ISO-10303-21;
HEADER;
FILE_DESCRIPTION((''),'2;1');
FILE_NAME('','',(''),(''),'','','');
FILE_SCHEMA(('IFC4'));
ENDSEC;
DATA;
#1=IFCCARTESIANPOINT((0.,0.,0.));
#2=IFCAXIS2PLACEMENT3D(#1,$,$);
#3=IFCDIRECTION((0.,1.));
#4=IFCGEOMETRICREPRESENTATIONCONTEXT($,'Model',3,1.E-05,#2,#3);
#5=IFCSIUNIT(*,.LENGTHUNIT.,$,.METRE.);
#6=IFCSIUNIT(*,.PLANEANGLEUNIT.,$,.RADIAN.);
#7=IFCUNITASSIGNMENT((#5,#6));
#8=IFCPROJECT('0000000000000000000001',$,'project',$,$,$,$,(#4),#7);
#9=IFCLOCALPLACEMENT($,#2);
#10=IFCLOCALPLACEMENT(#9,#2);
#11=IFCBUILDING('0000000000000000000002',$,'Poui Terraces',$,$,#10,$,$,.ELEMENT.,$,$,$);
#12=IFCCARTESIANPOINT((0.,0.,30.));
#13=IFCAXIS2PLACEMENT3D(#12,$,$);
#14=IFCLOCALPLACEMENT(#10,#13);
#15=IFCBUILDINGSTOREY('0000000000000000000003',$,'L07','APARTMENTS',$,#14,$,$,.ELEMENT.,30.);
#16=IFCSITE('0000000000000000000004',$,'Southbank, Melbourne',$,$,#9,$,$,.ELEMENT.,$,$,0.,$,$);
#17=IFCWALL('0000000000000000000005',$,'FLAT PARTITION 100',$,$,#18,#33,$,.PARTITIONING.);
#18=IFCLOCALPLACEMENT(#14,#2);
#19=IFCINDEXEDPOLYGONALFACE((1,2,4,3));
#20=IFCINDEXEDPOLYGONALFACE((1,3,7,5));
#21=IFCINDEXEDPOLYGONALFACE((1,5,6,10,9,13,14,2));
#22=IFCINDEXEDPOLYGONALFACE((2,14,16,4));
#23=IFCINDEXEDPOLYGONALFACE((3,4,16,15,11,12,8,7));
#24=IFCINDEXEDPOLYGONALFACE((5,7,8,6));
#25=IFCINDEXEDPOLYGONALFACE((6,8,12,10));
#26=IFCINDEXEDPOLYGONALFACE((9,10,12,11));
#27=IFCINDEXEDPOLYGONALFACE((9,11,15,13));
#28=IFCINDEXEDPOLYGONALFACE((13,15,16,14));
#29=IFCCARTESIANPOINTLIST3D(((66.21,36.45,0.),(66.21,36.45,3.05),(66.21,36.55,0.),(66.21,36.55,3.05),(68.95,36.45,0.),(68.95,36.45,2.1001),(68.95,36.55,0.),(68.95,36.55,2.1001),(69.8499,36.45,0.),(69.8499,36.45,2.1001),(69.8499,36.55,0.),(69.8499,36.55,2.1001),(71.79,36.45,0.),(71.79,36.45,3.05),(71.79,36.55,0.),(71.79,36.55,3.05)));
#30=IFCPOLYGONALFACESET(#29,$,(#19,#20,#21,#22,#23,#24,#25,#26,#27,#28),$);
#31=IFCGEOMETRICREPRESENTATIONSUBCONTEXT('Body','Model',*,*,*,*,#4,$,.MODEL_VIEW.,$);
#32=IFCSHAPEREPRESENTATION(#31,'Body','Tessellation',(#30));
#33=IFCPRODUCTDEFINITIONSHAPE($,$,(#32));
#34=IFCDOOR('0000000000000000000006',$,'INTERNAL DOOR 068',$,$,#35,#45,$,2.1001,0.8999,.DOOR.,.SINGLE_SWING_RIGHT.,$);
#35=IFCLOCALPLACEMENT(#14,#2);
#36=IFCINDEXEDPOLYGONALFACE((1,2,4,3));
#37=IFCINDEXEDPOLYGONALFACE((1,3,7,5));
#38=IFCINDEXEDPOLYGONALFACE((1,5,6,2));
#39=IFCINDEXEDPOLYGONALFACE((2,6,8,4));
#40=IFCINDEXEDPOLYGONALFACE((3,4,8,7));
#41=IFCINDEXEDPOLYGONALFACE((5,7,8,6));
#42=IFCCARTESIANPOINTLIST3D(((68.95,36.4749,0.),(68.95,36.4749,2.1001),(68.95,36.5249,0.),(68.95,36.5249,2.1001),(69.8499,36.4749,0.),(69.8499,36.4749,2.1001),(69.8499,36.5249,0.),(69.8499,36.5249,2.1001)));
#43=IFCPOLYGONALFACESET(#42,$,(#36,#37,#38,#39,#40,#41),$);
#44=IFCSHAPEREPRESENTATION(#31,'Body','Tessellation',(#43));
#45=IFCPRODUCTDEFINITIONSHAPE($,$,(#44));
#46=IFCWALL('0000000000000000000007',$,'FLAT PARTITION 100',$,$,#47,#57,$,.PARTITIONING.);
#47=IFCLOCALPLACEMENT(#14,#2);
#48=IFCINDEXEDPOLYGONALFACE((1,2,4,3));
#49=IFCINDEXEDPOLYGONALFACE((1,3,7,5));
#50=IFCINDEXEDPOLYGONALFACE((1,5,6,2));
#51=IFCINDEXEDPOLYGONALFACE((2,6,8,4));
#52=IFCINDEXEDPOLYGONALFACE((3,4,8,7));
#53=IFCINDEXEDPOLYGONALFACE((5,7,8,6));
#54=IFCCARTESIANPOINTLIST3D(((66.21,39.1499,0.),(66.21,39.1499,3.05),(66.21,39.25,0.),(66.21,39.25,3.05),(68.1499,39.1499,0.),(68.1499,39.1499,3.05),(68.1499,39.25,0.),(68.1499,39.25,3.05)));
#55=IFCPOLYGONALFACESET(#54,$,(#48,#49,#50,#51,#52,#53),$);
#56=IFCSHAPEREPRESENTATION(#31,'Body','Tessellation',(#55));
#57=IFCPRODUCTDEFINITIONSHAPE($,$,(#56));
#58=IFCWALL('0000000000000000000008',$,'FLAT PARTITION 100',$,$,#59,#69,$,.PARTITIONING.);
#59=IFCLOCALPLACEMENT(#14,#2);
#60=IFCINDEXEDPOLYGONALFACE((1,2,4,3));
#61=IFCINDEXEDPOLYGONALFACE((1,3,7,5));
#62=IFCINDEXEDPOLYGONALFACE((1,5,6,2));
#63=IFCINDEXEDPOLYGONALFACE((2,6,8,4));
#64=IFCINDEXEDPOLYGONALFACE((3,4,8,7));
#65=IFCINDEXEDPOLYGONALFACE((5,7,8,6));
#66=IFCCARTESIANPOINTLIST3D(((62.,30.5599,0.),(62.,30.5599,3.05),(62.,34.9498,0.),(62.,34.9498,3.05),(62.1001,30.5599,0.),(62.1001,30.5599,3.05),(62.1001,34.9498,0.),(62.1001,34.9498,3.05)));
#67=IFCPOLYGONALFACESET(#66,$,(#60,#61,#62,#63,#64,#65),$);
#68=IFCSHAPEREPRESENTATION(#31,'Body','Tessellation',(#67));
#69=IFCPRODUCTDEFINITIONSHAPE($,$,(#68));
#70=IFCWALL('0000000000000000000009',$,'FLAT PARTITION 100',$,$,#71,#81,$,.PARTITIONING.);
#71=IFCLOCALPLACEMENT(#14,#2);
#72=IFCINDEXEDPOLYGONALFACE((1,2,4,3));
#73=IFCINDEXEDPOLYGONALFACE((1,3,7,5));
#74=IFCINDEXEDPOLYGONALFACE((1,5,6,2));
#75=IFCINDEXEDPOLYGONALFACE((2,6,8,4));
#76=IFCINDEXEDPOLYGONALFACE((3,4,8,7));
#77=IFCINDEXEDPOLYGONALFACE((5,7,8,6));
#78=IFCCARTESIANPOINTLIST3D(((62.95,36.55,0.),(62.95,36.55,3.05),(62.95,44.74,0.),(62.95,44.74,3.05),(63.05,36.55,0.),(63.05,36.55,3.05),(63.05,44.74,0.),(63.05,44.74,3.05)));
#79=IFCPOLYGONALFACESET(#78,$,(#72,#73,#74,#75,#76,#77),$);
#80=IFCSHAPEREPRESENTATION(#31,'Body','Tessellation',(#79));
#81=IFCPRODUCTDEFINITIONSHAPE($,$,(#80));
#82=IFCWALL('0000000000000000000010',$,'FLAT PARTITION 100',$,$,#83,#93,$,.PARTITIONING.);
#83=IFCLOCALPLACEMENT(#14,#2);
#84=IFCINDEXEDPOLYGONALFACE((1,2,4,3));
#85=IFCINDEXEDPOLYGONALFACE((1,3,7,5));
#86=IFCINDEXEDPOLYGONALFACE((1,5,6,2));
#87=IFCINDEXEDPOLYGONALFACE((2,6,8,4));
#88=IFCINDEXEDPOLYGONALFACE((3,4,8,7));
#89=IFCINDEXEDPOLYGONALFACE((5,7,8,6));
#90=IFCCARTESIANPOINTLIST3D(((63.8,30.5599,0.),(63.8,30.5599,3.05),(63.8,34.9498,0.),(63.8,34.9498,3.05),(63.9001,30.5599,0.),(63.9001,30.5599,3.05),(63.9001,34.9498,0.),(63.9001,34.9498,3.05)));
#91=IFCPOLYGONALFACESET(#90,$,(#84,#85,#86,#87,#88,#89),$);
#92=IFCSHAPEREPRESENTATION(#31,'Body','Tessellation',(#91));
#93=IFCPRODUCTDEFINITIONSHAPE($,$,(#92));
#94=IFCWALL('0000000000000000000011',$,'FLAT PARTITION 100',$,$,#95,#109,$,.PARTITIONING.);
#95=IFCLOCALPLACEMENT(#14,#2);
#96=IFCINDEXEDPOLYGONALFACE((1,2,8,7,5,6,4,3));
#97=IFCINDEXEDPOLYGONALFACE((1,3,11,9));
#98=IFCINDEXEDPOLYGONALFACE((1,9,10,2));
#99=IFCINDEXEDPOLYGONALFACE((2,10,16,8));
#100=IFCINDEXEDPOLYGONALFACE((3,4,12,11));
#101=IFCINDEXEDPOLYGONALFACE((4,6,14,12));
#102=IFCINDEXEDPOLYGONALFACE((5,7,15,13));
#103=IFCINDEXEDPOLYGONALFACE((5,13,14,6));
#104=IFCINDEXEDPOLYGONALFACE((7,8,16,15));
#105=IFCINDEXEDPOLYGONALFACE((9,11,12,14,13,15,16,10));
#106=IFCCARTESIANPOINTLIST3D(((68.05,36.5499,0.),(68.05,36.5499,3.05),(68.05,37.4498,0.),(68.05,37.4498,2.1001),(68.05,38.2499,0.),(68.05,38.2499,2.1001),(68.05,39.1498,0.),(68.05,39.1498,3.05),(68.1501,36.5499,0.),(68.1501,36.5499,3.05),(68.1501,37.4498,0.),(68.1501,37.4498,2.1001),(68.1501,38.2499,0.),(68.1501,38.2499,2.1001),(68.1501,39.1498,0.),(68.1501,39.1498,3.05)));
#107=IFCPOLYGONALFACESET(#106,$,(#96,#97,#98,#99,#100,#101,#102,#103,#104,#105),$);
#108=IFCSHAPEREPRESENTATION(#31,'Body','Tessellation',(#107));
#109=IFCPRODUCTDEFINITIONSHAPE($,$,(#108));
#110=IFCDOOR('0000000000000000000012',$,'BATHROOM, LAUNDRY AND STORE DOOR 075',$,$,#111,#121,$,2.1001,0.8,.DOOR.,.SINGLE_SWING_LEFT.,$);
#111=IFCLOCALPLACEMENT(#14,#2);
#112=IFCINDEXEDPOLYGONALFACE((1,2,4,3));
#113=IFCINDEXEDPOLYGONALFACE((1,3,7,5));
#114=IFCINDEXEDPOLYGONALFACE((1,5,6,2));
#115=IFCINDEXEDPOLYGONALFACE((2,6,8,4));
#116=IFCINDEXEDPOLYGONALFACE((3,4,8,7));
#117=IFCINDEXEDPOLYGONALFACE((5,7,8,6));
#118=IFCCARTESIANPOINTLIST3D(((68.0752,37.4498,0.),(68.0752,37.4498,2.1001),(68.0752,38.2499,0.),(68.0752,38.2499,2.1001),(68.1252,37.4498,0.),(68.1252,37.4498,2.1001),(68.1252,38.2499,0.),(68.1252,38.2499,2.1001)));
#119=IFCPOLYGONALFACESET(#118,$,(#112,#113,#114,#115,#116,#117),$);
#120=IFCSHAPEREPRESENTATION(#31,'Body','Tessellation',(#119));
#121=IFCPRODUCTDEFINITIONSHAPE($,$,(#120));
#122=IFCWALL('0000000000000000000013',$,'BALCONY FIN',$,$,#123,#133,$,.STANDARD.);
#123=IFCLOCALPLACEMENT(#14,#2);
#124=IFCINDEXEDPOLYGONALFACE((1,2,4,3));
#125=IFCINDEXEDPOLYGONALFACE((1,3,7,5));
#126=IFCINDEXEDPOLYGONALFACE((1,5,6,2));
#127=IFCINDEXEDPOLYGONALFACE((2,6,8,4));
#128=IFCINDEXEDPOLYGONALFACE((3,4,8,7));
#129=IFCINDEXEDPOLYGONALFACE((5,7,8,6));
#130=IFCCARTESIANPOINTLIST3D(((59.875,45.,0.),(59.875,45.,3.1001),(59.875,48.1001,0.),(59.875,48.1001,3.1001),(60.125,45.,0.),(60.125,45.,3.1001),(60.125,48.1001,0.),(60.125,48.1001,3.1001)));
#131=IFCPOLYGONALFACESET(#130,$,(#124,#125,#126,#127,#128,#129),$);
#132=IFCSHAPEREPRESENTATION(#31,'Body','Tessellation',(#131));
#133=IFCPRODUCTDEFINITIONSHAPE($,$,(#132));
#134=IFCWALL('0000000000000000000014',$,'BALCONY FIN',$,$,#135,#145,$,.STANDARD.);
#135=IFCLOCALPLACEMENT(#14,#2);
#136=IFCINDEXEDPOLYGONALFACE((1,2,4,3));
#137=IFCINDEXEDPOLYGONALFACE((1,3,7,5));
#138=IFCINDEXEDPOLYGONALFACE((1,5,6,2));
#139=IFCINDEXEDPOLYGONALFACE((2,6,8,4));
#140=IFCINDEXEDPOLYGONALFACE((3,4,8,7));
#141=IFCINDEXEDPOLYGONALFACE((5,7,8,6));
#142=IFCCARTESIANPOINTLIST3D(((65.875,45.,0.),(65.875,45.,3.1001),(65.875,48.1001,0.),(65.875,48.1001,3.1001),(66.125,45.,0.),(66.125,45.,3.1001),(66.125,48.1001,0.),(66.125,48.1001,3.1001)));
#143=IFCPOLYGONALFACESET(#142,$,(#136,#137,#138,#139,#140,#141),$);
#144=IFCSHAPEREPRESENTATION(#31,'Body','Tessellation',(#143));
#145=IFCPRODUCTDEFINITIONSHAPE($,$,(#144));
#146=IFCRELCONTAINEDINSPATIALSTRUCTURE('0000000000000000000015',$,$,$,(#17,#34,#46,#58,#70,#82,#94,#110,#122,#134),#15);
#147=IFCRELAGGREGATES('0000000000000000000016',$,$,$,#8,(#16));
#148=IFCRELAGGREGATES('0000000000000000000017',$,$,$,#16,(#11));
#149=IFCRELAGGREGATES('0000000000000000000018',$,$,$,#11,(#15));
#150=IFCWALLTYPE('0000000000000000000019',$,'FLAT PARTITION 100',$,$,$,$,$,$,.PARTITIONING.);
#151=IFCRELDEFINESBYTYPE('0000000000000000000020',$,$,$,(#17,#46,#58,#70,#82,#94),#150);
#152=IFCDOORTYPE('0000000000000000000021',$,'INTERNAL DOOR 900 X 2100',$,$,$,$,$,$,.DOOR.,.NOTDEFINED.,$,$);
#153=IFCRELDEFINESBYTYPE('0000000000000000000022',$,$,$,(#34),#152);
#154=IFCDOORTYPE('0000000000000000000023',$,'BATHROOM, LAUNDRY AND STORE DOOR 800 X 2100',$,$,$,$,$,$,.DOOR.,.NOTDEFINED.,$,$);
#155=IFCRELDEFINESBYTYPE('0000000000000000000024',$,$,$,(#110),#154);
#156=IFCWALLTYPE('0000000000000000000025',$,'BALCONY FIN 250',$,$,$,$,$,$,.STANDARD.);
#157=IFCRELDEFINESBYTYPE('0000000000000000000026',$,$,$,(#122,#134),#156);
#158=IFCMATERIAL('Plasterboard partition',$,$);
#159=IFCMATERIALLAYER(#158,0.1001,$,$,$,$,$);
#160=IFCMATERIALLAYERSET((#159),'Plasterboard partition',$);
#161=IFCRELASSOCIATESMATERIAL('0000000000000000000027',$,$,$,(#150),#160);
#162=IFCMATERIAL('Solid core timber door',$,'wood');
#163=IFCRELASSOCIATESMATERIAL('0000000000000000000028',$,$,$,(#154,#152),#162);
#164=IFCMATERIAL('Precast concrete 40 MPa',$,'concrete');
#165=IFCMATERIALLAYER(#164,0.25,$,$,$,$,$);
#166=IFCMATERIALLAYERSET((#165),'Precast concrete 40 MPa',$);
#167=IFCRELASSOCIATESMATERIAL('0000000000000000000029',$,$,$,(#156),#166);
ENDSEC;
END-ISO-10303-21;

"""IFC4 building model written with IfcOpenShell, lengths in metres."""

from ifc_helpers import new_model, si_unit, direction, frame, frame_2d, origin, place, context, subcontext, project, spatial, polyline, rectangle, outline, extrude, source, transform, mapped, material, layer, layer_set, type_object, element, fill, save


model = new_model("IFC4")

# Units and contexts
model_context = context("Model", 3, precision=1e-05, world=origin(), true_north=direction((0.0, 1.0)))
body_context = subcontext(model_context, "Body", "Model", "MODEL_VIEW")
ifc_project = project(units=[si_unit("LENGTHUNIT", "METRE"), si_unit("PLANEANGLEUNIT", "RADIAN")], contexts=[model_context])

# Site, building, storey
site_placement = place(None, origin())
site = spatial("IfcSite", under=ifc_project, at=site_placement, Name="Southbank, Melbourne", CompositionType="ELEMENT", RefElevation=0.0)
building_placement = place(site_placement, origin())
building = spatial("IfcBuilding", under=site, at=building_placement, Name="Poui Terraces", CompositionType="ELEMENT")
storey_placement = place(building_placement, frame((0.0, 0.0, 30.0)))
storey = spatial("IfcBuildingStorey", under=building, at=storey_placement, Name="L07", Description="APARTMENTS", CompositionType="ELEMENT", Elevation=30.0)

# Shared definitions
ifc_material_1 = material(Name="Plasterboard partition")
ifc_layer_1 = layer(ifc_material_1, 0.1001)
ifc_layer_set_1 = layer_set([ifc_layer_1], Name="Plasterboard partition")
wall_type_1 = type_object("IfcWallType", Name="FLAT PARTITION 100", PredefinedType="PARTITIONING", material=ifc_layer_set_1)
ifc_material_2 = material(Name="Solid core timber door", Category="wood")
door_type_1 = type_object("IfcDoorType", Name="BATHROOM, LAUNDRY AND STORE DOOR 800 X 2100", OperationType="NOTDEFINED", PredefinedType="DOOR", material=ifc_material_2)
door_type_2 = type_object("IfcDoorType", Name="INTERNAL DOOR 900 X 2100", OperationType="NOTDEFINED", PredefinedType="DOOR", material=ifc_material_2)

# Wall, opening, door
wall_1_placement = place(storey_placement, frame((66.21, 36.5, 0.0), z_axis=(0.0, 0.0, 1.0), x_axis=(1.0, 0.0, 0.0)))
wall_1 = element("IfcWall", 1, at=wall_1_placement, inside=storey, type_object=wall_type_1, Name="FLAT PARTITION 100", PredefinedType="PARTITIONING", context=body_context, shape_type="SweptSolid", body=[
    extrude(rectangle(XDim=5.5801, YDim=0.1001, at=frame_2d((2.79, 0.0))), origin(), (0.0, 0.0, 1.0), 3.05),
])
opening_1_placement = place(wall_1_placement, frame((2.74, 0.0, 0.0)))
opening_1 = element("IfcOpeningElement", 2, at=opening_1_placement, cuts=wall_1, PredefinedType="OPENING", context=body_context, shape_type="SweptSolid", body=[
    extrude(rectangle(XDim=0.8999, YDim=2.1001, at=frame_2d((0.45, 1.05))), frame((0.0, 0.0601, 0.0), z_axis=(0.0, -1.0, 0.0), x_axis=(1.0, 0.0, 0.0)), (0.0, 0.0, 1.0), 0.1201),
])
door_1_placement = place(opening_1_placement, origin())
door_1 = element("IfcDoor", 3, at=door_1_placement, inside=storey, type_object=door_type_2, Name="INTERNAL DOOR 068", OperationType="SINGLE_SWING_RIGHT", OverallHeight=2.1001, OverallWidth=0.8999, PredefinedType="DOOR", context=body_context, shape_type="SweptSolid", body=[
    extrude(rectangle(XDim=0.8999, YDim=2.1001, at=frame_2d((0.45, 1.05))), frame((0.0, 0.0249, 0.0), z_axis=(0.0, -1.0, 0.0), x_axis=(1.0, 0.0, 0.0)), (0.0, 0.0, 1.0), 0.05),
])
fill(opening_1, door_1)

# Walls
wall_2_placement = place(storey_placement, frame((66.21, 39.2, 0.0), z_axis=(0.0, 0.0, 1.0), x_axis=(1.0, 0.0, 0.0)))
element("IfcWall", 4, at=wall_2_placement, inside=storey, type_object=wall_type_1, Name="FLAT PARTITION 100", PredefinedType="PARTITIONING", context=body_context, shape_type="SweptSolid", body=[
    extrude(rectangle(XDim=1.9399, YDim=0.1001, at=frame_2d((0.97, 0.0))), origin(), (0.0, 0.0, 1.0), 3.05),
])
wall_3_placement = place(storey_placement, frame((62.05, 30.5601, 0.0), z_axis=(0.0, 0.0, 1.0), x_axis=(0.0, 1.0, 0.0)))
element("IfcWall", 5, at=wall_3_placement, inside=storey, type_object=wall_type_1, Name="FLAT PARTITION 100", PredefinedType="PARTITIONING", context=body_context, shape_type="SweptSolid", body=[
    extrude(rectangle(XDim=4.3899, YDim=0.1001, at=frame_2d((2.1948, 0.0))), origin(), (0.0, 0.0, 1.0), 3.05),
])
wall_4_placement = place(storey_placement, frame((63.0, 36.55, 0.0), z_axis=(0.0, 0.0, 1.0), x_axis=(0.0, 1.0, 0.0)))
element("IfcWall", 6, at=wall_4_placement, inside=storey, type_object=wall_type_1, Name="FLAT PARTITION 100", PredefinedType="PARTITIONING", context=body_context, shape_type="SweptSolid", body=[
    extrude(rectangle(XDim=8.1899, YDim=0.1001, at=frame_2d((4.095, 0.0))), origin(), (0.0, 0.0, 1.0), 3.05),
])
wall_5_placement = place(storey_placement, frame((63.8501, 30.5601, 0.0), z_axis=(0.0, 0.0, 1.0), x_axis=(0.0, 1.0, 0.0)))
element("IfcWall", 7, at=wall_5_placement, inside=storey, type_object=wall_type_1, Name="FLAT PARTITION 100", PredefinedType="PARTITIONING", context=body_context, shape_type="SweptSolid", body=[
    extrude(rectangle(XDim=4.3899, YDim=0.1001, at=frame_2d((2.1948, 0.0))), origin(), (0.0, 0.0, 1.0), 3.05),
])

# Wall, opening, door
wall_6_placement = place(storey_placement, frame((68.1001, 36.55, 0.0), z_axis=(0.0, 0.0, 1.0), x_axis=(0.0, 1.0, 0.0)))
wall_6 = element("IfcWall", 8, at=wall_6_placement, inside=storey, type_object=wall_type_1, Name="FLAT PARTITION 100", PredefinedType="PARTITIONING", context=body_context, shape_type="SweptSolid", body=[
    extrude(rectangle(XDim=2.5999, YDim=0.1001, at=frame_2d((1.2998, 0.0))), origin(), (0.0, 0.0, 1.0), 3.05),
])
opening_2_placement = place(wall_6_placement, frame((0.8999, 0.0, 0.0)))
opening_2 = element("IfcOpeningElement", 9, at=opening_2_placement, cuts=wall_6, PredefinedType="OPENING", context=body_context, shape_type="SweptSolid", body=[
    extrude(rectangle(XDim=0.8, YDim=2.1001, at=frame_2d((0.3999, 1.05))), frame((0.0, 0.0601, 0.0), z_axis=(0.0, -1.0, 0.0), x_axis=(1.0, 0.0, 0.0)), (0.0, 0.0, 1.0), 0.1201),
])
door_2_placement = place(opening_2_placement, origin())
door_2 = element("IfcDoor", 10, at=door_2_placement, inside=storey, type_object=door_type_1, Name="BATHROOM, LAUNDRY AND STORE DOOR 075", OperationType="SINGLE_SWING_LEFT", OverallHeight=2.1001, OverallWidth=0.8, PredefinedType="DOOR", context=body_context, shape_type="SweptSolid", body=[
    extrude(rectangle(XDim=0.8, YDim=2.1001, at=frame_2d((0.3999, 1.05))), frame((0.0, 0.0249, 0.0), z_axis=(0.0, -1.0, 0.0), x_axis=(1.0, 0.0, 0.0)), (0.0, 0.0, 1.0), 0.05),
])
fill(opening_2, door_2)

# Walls
ifc_material_3 = material(Name="Precast concrete 40 MPa", Category="concrete")
ifc_layer_2 = layer(ifc_material_3, 0.25)
ifc_layer_set_2 = layer_set([ifc_layer_2], Name="Precast concrete 40 MPa")
wall_type_2 = type_object("IfcWallType", Name="BALCONY FIN 250", PredefinedType="STANDARD", material=ifc_layer_set_2)
shared_shape_1 = source(origin(), body_context, "Body", "SweptSolid", [
    extrude(outline(polyline([(0.0, 0.0), (0.25, 0.0), (0.25, 3.1001), (0.0, 3.1001), (0.0, 0.0)])), origin(), (0.0, 0.0, 1.0), 3.1001),
])
for number, where, name in (
    (11, (59.875, 45.0, 0.0), "BALCONY FIN"),
    (12, (65.875, 45.0, 0.0), "BALCONY FIN"),
):
    element("IfcWall", number, at=place(storey_placement, frame(where)), inside=storey, type_object=wall_type_2, Name=name, PredefinedType="STANDARD", context=body_context, shape_type="MappedRepresentation", body=[
        mapped(shared_shape_1, transform((0.0, 0.0, 0.0))),
    ])

save(model, "model.ifc")
